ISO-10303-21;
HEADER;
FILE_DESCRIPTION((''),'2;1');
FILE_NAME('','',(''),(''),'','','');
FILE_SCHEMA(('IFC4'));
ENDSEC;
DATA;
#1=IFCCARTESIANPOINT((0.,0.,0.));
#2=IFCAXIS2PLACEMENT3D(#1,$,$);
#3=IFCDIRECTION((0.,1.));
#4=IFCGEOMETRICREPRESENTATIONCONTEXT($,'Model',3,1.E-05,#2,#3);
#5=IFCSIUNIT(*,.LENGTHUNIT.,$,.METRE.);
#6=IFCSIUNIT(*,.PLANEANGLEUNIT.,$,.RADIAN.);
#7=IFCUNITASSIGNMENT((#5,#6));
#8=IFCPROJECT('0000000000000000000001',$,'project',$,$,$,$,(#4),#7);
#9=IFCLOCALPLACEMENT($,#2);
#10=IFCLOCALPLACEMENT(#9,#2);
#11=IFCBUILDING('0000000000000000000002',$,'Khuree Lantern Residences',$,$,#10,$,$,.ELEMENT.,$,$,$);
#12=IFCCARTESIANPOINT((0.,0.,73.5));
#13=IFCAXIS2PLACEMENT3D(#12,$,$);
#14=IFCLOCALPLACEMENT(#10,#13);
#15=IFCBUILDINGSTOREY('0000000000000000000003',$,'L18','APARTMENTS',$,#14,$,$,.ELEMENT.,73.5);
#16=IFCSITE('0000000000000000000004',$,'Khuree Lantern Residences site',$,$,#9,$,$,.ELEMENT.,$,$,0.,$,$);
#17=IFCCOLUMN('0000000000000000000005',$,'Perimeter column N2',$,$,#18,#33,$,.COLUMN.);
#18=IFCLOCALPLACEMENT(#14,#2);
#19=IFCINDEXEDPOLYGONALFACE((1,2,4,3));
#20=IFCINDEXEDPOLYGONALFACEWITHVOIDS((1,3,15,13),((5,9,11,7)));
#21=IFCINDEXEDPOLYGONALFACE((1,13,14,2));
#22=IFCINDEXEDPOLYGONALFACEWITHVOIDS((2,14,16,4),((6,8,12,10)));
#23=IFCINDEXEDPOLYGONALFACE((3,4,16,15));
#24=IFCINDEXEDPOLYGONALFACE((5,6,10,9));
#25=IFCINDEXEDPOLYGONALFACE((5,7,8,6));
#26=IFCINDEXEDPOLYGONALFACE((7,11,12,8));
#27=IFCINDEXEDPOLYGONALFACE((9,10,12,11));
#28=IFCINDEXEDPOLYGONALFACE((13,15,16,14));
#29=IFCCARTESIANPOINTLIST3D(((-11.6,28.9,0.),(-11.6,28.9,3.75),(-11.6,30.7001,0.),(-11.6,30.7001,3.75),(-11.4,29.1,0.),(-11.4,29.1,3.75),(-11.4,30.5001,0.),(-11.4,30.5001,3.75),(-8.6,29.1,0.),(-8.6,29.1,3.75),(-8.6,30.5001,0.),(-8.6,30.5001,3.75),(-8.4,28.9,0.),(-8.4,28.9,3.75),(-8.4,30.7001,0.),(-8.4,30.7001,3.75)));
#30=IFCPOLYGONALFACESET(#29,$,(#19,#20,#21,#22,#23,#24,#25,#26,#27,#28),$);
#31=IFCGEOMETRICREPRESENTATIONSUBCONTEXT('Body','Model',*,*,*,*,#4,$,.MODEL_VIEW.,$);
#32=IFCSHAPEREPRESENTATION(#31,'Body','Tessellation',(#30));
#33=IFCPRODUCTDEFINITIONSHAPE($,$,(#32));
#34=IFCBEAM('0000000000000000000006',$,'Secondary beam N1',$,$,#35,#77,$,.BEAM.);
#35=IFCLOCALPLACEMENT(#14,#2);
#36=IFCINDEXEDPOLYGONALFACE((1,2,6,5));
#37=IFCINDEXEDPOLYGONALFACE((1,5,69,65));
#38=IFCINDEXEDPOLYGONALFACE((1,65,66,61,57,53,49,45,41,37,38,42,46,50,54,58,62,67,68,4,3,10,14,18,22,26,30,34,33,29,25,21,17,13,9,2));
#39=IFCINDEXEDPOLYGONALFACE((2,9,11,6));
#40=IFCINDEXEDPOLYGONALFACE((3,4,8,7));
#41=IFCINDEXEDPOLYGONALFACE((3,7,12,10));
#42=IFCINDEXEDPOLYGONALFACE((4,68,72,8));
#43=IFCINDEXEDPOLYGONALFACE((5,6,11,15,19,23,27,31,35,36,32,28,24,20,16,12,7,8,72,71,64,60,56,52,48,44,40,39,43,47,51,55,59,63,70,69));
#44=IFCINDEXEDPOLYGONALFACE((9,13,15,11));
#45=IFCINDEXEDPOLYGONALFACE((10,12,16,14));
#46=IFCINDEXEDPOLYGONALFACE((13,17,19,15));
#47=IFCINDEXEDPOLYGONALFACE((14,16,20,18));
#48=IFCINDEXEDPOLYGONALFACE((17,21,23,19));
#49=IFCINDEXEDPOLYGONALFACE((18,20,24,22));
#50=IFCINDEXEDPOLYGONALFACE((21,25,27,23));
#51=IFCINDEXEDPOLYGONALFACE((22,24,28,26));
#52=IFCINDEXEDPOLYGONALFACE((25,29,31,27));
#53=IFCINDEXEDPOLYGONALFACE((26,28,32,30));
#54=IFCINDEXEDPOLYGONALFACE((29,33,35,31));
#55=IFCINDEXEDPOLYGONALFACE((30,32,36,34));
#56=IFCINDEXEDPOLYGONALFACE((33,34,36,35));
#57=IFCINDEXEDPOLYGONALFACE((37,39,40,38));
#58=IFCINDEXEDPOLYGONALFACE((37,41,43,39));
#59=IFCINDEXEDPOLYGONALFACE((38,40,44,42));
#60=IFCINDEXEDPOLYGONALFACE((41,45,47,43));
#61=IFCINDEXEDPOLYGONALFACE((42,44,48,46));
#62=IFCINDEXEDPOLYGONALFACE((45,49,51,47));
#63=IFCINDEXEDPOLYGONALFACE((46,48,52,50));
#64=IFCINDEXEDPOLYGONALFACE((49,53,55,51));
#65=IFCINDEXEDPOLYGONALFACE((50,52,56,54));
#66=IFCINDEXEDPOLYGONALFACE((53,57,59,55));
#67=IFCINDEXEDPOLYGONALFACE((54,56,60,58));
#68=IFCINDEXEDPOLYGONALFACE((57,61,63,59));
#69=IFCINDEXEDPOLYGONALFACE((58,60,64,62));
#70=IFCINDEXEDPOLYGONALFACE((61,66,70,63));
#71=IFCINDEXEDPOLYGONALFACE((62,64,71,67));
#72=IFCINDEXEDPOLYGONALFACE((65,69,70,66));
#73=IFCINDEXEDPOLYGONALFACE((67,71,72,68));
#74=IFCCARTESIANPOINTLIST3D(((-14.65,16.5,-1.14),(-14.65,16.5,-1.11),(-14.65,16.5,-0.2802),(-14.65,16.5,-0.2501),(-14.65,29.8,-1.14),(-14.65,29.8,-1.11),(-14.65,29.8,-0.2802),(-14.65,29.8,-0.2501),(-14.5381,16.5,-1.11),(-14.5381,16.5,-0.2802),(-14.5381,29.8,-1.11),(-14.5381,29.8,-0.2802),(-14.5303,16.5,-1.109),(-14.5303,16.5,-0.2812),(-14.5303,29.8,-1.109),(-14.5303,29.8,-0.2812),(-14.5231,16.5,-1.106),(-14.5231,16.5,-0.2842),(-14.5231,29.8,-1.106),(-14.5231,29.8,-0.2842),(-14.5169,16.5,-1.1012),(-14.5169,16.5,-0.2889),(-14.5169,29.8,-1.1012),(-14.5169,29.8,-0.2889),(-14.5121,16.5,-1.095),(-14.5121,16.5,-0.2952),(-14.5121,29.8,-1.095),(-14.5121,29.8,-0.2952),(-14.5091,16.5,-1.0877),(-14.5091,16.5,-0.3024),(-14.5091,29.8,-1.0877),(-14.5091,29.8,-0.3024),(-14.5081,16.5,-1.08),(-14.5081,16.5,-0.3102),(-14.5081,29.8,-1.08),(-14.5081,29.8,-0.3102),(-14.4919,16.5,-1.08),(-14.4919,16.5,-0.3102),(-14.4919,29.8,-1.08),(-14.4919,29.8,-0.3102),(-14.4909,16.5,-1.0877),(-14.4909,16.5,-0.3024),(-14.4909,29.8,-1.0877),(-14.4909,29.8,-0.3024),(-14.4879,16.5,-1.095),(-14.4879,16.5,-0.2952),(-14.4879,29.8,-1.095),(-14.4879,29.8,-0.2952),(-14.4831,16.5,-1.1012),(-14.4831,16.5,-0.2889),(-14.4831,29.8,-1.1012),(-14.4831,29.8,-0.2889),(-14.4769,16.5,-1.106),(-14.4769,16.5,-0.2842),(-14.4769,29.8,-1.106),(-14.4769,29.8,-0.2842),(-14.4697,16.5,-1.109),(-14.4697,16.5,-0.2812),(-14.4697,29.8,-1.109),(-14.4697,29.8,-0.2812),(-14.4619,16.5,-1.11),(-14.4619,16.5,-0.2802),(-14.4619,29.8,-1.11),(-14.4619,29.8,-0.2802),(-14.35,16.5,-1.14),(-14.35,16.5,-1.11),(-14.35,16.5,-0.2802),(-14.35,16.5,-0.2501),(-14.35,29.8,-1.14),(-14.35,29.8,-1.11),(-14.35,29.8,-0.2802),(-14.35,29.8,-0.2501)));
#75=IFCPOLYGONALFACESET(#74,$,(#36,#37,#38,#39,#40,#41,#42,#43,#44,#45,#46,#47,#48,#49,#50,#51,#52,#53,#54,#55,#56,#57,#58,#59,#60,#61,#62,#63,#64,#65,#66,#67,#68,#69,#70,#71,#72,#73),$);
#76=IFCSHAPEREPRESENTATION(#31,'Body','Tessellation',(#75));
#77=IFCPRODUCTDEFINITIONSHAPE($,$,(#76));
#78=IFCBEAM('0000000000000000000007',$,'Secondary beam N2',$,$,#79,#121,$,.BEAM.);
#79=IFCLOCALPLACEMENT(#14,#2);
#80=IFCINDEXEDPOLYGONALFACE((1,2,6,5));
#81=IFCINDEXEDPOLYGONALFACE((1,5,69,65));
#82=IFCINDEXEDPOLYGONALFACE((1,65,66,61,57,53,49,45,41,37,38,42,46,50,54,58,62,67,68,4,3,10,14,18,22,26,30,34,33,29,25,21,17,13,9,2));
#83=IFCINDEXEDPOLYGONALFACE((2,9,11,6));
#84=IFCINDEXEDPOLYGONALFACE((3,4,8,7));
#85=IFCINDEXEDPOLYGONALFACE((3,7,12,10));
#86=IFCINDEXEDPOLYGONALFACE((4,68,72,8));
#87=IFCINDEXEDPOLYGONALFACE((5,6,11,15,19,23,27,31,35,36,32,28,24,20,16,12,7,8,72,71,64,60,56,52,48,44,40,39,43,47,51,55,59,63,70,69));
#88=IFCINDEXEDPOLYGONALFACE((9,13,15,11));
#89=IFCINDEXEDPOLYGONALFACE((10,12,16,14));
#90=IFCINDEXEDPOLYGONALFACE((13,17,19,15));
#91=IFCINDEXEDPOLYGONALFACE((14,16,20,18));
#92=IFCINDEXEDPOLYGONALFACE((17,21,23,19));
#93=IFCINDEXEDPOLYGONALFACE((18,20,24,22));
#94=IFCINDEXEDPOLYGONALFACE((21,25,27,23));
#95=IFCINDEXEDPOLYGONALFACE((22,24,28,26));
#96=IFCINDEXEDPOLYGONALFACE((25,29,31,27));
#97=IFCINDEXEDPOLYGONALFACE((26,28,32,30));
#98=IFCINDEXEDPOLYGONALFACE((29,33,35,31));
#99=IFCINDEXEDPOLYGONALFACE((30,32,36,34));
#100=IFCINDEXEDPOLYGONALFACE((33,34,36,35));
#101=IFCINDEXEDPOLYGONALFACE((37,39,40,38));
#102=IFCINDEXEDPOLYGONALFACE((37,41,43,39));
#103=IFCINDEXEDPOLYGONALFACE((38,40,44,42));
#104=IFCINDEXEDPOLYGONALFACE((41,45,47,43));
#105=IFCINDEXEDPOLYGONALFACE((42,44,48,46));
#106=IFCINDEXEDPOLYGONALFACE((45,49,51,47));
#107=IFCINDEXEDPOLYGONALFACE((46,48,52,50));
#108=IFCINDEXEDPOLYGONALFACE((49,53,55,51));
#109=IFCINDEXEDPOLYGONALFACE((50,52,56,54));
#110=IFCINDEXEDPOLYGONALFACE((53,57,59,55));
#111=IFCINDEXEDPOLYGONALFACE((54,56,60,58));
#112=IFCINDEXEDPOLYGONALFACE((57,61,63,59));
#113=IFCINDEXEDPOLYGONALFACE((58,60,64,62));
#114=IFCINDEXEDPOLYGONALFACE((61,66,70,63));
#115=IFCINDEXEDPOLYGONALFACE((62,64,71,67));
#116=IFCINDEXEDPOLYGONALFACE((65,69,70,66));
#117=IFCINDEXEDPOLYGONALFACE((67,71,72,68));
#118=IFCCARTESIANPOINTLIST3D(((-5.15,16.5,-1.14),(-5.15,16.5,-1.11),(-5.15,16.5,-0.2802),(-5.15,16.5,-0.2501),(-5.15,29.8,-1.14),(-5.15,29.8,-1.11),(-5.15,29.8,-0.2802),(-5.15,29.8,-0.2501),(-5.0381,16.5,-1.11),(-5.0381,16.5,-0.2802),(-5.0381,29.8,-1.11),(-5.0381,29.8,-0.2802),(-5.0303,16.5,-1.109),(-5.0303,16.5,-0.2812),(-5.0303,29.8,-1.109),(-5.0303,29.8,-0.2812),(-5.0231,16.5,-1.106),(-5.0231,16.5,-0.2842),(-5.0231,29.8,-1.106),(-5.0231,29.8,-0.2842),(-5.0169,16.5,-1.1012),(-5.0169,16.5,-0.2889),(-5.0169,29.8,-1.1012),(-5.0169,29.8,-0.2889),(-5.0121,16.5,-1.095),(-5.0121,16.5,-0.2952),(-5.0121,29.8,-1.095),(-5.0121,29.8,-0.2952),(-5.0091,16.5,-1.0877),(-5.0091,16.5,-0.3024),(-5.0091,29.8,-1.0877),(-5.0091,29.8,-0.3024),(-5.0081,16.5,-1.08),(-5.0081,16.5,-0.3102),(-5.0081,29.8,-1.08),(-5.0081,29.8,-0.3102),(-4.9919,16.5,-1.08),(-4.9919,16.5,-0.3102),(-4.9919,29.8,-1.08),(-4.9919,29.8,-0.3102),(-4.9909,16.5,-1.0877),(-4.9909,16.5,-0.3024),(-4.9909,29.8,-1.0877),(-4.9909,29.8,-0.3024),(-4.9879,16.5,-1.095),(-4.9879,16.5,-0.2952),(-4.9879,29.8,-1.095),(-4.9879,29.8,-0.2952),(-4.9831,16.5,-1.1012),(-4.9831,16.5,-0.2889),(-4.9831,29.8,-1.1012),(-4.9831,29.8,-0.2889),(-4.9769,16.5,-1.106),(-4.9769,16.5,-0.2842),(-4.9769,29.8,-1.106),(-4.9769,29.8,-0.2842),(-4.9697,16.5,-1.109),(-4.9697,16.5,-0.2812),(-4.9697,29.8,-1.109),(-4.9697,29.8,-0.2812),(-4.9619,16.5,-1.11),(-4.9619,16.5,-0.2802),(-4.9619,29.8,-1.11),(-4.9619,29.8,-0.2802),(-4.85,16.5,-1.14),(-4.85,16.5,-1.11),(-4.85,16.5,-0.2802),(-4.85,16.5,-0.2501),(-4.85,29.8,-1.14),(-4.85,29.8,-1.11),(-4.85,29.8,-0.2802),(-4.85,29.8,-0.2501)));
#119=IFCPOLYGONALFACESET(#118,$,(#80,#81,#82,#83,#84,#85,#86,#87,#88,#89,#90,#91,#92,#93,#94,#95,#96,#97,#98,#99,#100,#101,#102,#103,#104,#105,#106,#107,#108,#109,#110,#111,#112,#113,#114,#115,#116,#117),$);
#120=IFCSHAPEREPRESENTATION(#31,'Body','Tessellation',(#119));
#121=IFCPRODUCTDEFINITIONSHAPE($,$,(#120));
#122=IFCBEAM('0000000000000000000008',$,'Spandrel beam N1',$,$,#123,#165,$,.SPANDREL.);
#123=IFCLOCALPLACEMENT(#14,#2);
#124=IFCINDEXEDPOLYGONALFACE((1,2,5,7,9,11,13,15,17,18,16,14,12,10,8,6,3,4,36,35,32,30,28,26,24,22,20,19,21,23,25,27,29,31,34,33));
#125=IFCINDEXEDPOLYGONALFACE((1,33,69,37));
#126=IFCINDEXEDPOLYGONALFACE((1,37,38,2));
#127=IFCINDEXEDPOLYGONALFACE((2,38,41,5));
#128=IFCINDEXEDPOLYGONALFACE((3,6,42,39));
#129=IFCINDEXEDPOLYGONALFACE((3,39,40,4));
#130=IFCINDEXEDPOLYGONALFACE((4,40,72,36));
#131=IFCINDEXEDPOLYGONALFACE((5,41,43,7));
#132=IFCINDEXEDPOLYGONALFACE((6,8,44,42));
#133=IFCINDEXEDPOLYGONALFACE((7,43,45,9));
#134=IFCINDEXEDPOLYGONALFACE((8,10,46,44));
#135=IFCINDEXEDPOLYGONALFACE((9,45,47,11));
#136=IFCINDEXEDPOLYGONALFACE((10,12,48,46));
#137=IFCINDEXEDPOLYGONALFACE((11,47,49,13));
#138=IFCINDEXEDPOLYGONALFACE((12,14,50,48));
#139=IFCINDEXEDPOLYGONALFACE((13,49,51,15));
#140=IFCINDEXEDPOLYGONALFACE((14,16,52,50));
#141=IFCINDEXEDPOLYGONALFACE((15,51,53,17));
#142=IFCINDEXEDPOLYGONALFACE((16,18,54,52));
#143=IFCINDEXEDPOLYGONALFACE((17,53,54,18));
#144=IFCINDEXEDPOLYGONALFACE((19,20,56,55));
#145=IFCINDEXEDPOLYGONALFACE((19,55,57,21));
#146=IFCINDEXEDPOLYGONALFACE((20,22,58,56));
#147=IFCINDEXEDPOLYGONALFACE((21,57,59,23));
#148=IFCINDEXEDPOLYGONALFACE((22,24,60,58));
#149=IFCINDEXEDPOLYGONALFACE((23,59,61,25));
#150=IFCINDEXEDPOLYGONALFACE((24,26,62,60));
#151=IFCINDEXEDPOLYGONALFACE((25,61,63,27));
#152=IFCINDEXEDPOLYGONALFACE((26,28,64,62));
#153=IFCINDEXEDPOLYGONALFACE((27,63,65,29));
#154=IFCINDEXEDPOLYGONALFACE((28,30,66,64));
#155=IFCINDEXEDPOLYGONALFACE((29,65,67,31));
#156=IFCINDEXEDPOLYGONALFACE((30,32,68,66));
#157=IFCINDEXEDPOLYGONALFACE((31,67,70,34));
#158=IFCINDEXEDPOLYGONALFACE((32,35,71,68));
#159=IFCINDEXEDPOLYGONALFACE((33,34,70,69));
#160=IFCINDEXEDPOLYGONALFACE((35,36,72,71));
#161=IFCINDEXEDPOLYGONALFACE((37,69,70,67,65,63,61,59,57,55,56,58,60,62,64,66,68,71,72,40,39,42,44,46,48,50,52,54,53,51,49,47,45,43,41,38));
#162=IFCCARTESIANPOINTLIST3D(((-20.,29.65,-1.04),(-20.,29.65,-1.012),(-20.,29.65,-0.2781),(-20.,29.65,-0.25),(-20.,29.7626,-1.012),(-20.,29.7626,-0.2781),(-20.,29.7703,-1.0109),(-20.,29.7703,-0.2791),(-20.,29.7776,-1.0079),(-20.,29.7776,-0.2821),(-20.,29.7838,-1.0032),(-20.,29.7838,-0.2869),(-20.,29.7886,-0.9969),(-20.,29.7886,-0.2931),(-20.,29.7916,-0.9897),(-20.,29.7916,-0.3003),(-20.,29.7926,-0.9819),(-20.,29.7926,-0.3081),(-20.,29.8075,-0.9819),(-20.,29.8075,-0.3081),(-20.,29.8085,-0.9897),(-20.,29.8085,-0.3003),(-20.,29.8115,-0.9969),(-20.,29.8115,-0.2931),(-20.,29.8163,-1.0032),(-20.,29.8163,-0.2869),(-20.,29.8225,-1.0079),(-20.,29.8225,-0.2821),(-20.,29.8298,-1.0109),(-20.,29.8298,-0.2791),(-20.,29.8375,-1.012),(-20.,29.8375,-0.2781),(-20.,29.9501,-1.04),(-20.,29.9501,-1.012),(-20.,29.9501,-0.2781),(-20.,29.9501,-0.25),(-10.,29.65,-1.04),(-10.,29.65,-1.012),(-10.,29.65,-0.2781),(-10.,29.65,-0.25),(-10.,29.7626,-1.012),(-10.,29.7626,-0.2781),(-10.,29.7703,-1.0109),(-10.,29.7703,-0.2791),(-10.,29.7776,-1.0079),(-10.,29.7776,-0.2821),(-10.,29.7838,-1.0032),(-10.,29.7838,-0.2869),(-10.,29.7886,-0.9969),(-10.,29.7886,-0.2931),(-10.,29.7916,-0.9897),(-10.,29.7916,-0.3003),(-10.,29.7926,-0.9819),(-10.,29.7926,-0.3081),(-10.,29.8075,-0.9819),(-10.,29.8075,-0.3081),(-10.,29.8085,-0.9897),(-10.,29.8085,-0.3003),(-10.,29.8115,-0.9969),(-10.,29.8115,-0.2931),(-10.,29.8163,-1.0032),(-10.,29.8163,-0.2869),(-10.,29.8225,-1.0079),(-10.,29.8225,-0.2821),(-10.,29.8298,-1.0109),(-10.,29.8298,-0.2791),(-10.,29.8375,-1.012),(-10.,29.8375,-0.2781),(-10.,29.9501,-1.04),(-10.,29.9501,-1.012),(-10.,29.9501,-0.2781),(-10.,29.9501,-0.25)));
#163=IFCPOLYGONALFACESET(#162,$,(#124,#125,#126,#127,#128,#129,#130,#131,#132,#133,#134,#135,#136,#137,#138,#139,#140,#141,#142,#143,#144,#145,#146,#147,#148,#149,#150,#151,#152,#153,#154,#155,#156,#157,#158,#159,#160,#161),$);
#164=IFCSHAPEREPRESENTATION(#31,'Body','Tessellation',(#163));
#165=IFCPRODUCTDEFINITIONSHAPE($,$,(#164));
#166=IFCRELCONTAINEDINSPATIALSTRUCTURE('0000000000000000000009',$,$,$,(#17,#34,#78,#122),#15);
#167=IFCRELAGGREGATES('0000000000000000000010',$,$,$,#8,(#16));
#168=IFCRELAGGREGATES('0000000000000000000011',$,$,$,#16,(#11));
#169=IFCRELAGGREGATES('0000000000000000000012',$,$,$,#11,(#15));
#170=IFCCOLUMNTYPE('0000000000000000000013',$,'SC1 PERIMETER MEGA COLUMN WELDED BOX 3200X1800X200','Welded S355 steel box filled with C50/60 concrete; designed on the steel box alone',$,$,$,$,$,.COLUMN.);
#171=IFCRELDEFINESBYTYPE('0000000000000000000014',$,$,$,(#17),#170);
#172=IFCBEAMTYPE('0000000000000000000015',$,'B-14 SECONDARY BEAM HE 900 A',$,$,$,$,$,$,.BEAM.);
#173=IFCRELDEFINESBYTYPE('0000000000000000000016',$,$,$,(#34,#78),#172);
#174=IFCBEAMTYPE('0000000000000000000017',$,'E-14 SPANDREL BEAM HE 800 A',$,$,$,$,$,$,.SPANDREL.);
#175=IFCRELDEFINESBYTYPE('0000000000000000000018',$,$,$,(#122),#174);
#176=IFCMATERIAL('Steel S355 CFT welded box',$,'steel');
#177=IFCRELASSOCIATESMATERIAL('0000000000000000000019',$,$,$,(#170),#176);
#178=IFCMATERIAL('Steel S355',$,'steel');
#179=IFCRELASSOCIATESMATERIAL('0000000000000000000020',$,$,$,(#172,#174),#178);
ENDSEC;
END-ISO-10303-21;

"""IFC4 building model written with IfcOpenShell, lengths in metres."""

from ifc_helpers import new_model, si_unit, direction, frame, origin, origin_2d, place, context, subcontext, project, spatial, hollow_rectangle, i_section, extrude, material, material_profile, profile_set, type_object, element, save


model = new_model("IFC4")

# Units and contexts
model_context = context("Model", 3, precision=1e-05, world=origin(), true_north=direction((0.0, 1.0)))
body_context = subcontext(model_context, "Body", "Model", "MODEL_VIEW")
ifc_project = project(units=[si_unit("LENGTHUNIT", "METRE"), si_unit("PLANEANGLEUNIT", "RADIAN")], contexts=[model_context])

# Site, building, storey
site_placement = place(None, origin())
site = spatial("IfcSite", under=ifc_project, at=site_placement, Name="Khuree Lantern Residences site", CompositionType="ELEMENT", RefElevation=0.0)
building_placement = place(site_placement, origin())
building = spatial("IfcBuilding", under=site, at=building_placement, Name="Khuree Lantern Residences", CompositionType="ELEMENT")
storey_placement = place(building_placement, frame((0.0, 0.0, 73.5)))
storey = spatial("IfcBuildingStorey", under=building, at=storey_placement, Name="L18", Description="APARTMENTS", CompositionType="ELEMENT", Elevation=73.5)

# Column
ifc_material_1 = material(Name="Steel S355 CFT welded box", Category="steel")
ifc_material_profile_1 = material_profile(ifc_material_1, hollow_rectangle(XDim=3.2, YDim=1.8, WallThickness=0.2, at=origin_2d()), Name="WELDED BOX 3200X1800X200")
ifc_profile_set_1 = profile_set([ifc_material_profile_1], Name="Steel S355 CFT welded box")
column_type = type_object("IfcColumnType", Name="SC1 PERIMETER MEGA COLUMN WELDED BOX 3200X1800X200", Description="Welded S355 steel box filled with C50/60 concrete; designed on the steel box alone", PredefinedType="COLUMN", material=ifc_profile_set_1)
column_placement = place(storey_placement, frame((-10.0, 29.8, 0.0), z_axis=(0.0, 0.0, 1.0), x_axis=(1.0, 0.0, 0.0)))
element("IfcColumn", 1, at=column_placement, inside=storey, type_object=column_type, Name="Perimeter column N2", PredefinedType="COLUMN", context=body_context, shape_type="SweptSolid", body=[
    extrude(hollow_rectangle(XDim=3.2, YDim=1.8, WallThickness=0.2, at=origin_2d()), origin(), (0.0, 0.0, 1.0), 3.75),
])

# Beams
ifc_material_2 = material(Name="Steel S355", Category="steel")
ifc_material_profile_2 = material_profile(ifc_material_2, i_section(OverallWidth=0.3, OverallDepth=0.8899, WebThickness=0.0161, FlangeThickness=0.03, FilletRadius=0.03, at=origin_2d()), Name="HE 900 A")
ifc_profile_set_2 = profile_set([ifc_material_profile_2], Name="Steel S355")
beam_type_1 = type_object("IfcBeamType", Name="B-14 SECONDARY BEAM HE 900 A", PredefinedType="BEAM", material=ifc_profile_set_2)
for number, where, z_axis, x_axis, name in (
    (2, (-14.5, 29.8, -0.6951), (0.0, -1.0, 0.0), (1.0, 0.0, 0.0), "Secondary beam N1"),
    (3, (-5.0, 29.8, -0.6951), (0.0, -1.0, 0.0), (1.0, 0.0, 0.0), "Secondary beam N2"),
):
    element("IfcBeam", number, at=place(storey_placement, frame(where, z_axis=z_axis, x_axis=x_axis)), inside=storey, type_object=beam_type_1, Name=name, PredefinedType="BEAM", context=body_context, shape_type="SweptSolid", body=[
        extrude(i_section(OverallWidth=0.3, OverallDepth=0.8899, WebThickness=0.0161, FlangeThickness=0.03, FilletRadius=0.03, at=origin_2d()), origin(), (0.0, 0.0, 1.0), 13.3),
    ])
ifc_material_profile_3 = material_profile(ifc_material_2, i_section(OverallWidth=0.3, OverallDepth=0.79, WebThickness=0.0149, FlangeThickness=0.0281, FilletRadius=0.03, at=origin_2d()), Name="HE 800 A")
ifc_profile_set_3 = profile_set([ifc_material_profile_3], Name="Steel S355")
beam_type_2 = type_object("IfcBeamType", Name="E-14 SPANDREL BEAM HE 800 A", PredefinedType="SPANDREL", material=ifc_profile_set_3)
for number, where, z_axis, x_axis, name in (
    (4, (-20.0, 29.8, -0.645), (1.0, 0.0, 0.0), (0.0, 1.0, 0.0), "Spandrel beam N1"),
):
    element("IfcBeam", number, at=place(storey_placement, frame(where, z_axis=z_axis, x_axis=x_axis)), inside=storey, type_object=beam_type_2, Name=name, PredefinedType="SPANDREL", context=body_context, shape_type="SweptSolid", body=[
        extrude(i_section(OverallWidth=0.3, OverallDepth=0.79, WebThickness=0.0149, FlangeThickness=0.0281, FilletRadius=0.03, at=origin_2d()), origin(), (0.0, 0.0, 1.0), 10.0),
    ])

save(model, "model.ifc")
